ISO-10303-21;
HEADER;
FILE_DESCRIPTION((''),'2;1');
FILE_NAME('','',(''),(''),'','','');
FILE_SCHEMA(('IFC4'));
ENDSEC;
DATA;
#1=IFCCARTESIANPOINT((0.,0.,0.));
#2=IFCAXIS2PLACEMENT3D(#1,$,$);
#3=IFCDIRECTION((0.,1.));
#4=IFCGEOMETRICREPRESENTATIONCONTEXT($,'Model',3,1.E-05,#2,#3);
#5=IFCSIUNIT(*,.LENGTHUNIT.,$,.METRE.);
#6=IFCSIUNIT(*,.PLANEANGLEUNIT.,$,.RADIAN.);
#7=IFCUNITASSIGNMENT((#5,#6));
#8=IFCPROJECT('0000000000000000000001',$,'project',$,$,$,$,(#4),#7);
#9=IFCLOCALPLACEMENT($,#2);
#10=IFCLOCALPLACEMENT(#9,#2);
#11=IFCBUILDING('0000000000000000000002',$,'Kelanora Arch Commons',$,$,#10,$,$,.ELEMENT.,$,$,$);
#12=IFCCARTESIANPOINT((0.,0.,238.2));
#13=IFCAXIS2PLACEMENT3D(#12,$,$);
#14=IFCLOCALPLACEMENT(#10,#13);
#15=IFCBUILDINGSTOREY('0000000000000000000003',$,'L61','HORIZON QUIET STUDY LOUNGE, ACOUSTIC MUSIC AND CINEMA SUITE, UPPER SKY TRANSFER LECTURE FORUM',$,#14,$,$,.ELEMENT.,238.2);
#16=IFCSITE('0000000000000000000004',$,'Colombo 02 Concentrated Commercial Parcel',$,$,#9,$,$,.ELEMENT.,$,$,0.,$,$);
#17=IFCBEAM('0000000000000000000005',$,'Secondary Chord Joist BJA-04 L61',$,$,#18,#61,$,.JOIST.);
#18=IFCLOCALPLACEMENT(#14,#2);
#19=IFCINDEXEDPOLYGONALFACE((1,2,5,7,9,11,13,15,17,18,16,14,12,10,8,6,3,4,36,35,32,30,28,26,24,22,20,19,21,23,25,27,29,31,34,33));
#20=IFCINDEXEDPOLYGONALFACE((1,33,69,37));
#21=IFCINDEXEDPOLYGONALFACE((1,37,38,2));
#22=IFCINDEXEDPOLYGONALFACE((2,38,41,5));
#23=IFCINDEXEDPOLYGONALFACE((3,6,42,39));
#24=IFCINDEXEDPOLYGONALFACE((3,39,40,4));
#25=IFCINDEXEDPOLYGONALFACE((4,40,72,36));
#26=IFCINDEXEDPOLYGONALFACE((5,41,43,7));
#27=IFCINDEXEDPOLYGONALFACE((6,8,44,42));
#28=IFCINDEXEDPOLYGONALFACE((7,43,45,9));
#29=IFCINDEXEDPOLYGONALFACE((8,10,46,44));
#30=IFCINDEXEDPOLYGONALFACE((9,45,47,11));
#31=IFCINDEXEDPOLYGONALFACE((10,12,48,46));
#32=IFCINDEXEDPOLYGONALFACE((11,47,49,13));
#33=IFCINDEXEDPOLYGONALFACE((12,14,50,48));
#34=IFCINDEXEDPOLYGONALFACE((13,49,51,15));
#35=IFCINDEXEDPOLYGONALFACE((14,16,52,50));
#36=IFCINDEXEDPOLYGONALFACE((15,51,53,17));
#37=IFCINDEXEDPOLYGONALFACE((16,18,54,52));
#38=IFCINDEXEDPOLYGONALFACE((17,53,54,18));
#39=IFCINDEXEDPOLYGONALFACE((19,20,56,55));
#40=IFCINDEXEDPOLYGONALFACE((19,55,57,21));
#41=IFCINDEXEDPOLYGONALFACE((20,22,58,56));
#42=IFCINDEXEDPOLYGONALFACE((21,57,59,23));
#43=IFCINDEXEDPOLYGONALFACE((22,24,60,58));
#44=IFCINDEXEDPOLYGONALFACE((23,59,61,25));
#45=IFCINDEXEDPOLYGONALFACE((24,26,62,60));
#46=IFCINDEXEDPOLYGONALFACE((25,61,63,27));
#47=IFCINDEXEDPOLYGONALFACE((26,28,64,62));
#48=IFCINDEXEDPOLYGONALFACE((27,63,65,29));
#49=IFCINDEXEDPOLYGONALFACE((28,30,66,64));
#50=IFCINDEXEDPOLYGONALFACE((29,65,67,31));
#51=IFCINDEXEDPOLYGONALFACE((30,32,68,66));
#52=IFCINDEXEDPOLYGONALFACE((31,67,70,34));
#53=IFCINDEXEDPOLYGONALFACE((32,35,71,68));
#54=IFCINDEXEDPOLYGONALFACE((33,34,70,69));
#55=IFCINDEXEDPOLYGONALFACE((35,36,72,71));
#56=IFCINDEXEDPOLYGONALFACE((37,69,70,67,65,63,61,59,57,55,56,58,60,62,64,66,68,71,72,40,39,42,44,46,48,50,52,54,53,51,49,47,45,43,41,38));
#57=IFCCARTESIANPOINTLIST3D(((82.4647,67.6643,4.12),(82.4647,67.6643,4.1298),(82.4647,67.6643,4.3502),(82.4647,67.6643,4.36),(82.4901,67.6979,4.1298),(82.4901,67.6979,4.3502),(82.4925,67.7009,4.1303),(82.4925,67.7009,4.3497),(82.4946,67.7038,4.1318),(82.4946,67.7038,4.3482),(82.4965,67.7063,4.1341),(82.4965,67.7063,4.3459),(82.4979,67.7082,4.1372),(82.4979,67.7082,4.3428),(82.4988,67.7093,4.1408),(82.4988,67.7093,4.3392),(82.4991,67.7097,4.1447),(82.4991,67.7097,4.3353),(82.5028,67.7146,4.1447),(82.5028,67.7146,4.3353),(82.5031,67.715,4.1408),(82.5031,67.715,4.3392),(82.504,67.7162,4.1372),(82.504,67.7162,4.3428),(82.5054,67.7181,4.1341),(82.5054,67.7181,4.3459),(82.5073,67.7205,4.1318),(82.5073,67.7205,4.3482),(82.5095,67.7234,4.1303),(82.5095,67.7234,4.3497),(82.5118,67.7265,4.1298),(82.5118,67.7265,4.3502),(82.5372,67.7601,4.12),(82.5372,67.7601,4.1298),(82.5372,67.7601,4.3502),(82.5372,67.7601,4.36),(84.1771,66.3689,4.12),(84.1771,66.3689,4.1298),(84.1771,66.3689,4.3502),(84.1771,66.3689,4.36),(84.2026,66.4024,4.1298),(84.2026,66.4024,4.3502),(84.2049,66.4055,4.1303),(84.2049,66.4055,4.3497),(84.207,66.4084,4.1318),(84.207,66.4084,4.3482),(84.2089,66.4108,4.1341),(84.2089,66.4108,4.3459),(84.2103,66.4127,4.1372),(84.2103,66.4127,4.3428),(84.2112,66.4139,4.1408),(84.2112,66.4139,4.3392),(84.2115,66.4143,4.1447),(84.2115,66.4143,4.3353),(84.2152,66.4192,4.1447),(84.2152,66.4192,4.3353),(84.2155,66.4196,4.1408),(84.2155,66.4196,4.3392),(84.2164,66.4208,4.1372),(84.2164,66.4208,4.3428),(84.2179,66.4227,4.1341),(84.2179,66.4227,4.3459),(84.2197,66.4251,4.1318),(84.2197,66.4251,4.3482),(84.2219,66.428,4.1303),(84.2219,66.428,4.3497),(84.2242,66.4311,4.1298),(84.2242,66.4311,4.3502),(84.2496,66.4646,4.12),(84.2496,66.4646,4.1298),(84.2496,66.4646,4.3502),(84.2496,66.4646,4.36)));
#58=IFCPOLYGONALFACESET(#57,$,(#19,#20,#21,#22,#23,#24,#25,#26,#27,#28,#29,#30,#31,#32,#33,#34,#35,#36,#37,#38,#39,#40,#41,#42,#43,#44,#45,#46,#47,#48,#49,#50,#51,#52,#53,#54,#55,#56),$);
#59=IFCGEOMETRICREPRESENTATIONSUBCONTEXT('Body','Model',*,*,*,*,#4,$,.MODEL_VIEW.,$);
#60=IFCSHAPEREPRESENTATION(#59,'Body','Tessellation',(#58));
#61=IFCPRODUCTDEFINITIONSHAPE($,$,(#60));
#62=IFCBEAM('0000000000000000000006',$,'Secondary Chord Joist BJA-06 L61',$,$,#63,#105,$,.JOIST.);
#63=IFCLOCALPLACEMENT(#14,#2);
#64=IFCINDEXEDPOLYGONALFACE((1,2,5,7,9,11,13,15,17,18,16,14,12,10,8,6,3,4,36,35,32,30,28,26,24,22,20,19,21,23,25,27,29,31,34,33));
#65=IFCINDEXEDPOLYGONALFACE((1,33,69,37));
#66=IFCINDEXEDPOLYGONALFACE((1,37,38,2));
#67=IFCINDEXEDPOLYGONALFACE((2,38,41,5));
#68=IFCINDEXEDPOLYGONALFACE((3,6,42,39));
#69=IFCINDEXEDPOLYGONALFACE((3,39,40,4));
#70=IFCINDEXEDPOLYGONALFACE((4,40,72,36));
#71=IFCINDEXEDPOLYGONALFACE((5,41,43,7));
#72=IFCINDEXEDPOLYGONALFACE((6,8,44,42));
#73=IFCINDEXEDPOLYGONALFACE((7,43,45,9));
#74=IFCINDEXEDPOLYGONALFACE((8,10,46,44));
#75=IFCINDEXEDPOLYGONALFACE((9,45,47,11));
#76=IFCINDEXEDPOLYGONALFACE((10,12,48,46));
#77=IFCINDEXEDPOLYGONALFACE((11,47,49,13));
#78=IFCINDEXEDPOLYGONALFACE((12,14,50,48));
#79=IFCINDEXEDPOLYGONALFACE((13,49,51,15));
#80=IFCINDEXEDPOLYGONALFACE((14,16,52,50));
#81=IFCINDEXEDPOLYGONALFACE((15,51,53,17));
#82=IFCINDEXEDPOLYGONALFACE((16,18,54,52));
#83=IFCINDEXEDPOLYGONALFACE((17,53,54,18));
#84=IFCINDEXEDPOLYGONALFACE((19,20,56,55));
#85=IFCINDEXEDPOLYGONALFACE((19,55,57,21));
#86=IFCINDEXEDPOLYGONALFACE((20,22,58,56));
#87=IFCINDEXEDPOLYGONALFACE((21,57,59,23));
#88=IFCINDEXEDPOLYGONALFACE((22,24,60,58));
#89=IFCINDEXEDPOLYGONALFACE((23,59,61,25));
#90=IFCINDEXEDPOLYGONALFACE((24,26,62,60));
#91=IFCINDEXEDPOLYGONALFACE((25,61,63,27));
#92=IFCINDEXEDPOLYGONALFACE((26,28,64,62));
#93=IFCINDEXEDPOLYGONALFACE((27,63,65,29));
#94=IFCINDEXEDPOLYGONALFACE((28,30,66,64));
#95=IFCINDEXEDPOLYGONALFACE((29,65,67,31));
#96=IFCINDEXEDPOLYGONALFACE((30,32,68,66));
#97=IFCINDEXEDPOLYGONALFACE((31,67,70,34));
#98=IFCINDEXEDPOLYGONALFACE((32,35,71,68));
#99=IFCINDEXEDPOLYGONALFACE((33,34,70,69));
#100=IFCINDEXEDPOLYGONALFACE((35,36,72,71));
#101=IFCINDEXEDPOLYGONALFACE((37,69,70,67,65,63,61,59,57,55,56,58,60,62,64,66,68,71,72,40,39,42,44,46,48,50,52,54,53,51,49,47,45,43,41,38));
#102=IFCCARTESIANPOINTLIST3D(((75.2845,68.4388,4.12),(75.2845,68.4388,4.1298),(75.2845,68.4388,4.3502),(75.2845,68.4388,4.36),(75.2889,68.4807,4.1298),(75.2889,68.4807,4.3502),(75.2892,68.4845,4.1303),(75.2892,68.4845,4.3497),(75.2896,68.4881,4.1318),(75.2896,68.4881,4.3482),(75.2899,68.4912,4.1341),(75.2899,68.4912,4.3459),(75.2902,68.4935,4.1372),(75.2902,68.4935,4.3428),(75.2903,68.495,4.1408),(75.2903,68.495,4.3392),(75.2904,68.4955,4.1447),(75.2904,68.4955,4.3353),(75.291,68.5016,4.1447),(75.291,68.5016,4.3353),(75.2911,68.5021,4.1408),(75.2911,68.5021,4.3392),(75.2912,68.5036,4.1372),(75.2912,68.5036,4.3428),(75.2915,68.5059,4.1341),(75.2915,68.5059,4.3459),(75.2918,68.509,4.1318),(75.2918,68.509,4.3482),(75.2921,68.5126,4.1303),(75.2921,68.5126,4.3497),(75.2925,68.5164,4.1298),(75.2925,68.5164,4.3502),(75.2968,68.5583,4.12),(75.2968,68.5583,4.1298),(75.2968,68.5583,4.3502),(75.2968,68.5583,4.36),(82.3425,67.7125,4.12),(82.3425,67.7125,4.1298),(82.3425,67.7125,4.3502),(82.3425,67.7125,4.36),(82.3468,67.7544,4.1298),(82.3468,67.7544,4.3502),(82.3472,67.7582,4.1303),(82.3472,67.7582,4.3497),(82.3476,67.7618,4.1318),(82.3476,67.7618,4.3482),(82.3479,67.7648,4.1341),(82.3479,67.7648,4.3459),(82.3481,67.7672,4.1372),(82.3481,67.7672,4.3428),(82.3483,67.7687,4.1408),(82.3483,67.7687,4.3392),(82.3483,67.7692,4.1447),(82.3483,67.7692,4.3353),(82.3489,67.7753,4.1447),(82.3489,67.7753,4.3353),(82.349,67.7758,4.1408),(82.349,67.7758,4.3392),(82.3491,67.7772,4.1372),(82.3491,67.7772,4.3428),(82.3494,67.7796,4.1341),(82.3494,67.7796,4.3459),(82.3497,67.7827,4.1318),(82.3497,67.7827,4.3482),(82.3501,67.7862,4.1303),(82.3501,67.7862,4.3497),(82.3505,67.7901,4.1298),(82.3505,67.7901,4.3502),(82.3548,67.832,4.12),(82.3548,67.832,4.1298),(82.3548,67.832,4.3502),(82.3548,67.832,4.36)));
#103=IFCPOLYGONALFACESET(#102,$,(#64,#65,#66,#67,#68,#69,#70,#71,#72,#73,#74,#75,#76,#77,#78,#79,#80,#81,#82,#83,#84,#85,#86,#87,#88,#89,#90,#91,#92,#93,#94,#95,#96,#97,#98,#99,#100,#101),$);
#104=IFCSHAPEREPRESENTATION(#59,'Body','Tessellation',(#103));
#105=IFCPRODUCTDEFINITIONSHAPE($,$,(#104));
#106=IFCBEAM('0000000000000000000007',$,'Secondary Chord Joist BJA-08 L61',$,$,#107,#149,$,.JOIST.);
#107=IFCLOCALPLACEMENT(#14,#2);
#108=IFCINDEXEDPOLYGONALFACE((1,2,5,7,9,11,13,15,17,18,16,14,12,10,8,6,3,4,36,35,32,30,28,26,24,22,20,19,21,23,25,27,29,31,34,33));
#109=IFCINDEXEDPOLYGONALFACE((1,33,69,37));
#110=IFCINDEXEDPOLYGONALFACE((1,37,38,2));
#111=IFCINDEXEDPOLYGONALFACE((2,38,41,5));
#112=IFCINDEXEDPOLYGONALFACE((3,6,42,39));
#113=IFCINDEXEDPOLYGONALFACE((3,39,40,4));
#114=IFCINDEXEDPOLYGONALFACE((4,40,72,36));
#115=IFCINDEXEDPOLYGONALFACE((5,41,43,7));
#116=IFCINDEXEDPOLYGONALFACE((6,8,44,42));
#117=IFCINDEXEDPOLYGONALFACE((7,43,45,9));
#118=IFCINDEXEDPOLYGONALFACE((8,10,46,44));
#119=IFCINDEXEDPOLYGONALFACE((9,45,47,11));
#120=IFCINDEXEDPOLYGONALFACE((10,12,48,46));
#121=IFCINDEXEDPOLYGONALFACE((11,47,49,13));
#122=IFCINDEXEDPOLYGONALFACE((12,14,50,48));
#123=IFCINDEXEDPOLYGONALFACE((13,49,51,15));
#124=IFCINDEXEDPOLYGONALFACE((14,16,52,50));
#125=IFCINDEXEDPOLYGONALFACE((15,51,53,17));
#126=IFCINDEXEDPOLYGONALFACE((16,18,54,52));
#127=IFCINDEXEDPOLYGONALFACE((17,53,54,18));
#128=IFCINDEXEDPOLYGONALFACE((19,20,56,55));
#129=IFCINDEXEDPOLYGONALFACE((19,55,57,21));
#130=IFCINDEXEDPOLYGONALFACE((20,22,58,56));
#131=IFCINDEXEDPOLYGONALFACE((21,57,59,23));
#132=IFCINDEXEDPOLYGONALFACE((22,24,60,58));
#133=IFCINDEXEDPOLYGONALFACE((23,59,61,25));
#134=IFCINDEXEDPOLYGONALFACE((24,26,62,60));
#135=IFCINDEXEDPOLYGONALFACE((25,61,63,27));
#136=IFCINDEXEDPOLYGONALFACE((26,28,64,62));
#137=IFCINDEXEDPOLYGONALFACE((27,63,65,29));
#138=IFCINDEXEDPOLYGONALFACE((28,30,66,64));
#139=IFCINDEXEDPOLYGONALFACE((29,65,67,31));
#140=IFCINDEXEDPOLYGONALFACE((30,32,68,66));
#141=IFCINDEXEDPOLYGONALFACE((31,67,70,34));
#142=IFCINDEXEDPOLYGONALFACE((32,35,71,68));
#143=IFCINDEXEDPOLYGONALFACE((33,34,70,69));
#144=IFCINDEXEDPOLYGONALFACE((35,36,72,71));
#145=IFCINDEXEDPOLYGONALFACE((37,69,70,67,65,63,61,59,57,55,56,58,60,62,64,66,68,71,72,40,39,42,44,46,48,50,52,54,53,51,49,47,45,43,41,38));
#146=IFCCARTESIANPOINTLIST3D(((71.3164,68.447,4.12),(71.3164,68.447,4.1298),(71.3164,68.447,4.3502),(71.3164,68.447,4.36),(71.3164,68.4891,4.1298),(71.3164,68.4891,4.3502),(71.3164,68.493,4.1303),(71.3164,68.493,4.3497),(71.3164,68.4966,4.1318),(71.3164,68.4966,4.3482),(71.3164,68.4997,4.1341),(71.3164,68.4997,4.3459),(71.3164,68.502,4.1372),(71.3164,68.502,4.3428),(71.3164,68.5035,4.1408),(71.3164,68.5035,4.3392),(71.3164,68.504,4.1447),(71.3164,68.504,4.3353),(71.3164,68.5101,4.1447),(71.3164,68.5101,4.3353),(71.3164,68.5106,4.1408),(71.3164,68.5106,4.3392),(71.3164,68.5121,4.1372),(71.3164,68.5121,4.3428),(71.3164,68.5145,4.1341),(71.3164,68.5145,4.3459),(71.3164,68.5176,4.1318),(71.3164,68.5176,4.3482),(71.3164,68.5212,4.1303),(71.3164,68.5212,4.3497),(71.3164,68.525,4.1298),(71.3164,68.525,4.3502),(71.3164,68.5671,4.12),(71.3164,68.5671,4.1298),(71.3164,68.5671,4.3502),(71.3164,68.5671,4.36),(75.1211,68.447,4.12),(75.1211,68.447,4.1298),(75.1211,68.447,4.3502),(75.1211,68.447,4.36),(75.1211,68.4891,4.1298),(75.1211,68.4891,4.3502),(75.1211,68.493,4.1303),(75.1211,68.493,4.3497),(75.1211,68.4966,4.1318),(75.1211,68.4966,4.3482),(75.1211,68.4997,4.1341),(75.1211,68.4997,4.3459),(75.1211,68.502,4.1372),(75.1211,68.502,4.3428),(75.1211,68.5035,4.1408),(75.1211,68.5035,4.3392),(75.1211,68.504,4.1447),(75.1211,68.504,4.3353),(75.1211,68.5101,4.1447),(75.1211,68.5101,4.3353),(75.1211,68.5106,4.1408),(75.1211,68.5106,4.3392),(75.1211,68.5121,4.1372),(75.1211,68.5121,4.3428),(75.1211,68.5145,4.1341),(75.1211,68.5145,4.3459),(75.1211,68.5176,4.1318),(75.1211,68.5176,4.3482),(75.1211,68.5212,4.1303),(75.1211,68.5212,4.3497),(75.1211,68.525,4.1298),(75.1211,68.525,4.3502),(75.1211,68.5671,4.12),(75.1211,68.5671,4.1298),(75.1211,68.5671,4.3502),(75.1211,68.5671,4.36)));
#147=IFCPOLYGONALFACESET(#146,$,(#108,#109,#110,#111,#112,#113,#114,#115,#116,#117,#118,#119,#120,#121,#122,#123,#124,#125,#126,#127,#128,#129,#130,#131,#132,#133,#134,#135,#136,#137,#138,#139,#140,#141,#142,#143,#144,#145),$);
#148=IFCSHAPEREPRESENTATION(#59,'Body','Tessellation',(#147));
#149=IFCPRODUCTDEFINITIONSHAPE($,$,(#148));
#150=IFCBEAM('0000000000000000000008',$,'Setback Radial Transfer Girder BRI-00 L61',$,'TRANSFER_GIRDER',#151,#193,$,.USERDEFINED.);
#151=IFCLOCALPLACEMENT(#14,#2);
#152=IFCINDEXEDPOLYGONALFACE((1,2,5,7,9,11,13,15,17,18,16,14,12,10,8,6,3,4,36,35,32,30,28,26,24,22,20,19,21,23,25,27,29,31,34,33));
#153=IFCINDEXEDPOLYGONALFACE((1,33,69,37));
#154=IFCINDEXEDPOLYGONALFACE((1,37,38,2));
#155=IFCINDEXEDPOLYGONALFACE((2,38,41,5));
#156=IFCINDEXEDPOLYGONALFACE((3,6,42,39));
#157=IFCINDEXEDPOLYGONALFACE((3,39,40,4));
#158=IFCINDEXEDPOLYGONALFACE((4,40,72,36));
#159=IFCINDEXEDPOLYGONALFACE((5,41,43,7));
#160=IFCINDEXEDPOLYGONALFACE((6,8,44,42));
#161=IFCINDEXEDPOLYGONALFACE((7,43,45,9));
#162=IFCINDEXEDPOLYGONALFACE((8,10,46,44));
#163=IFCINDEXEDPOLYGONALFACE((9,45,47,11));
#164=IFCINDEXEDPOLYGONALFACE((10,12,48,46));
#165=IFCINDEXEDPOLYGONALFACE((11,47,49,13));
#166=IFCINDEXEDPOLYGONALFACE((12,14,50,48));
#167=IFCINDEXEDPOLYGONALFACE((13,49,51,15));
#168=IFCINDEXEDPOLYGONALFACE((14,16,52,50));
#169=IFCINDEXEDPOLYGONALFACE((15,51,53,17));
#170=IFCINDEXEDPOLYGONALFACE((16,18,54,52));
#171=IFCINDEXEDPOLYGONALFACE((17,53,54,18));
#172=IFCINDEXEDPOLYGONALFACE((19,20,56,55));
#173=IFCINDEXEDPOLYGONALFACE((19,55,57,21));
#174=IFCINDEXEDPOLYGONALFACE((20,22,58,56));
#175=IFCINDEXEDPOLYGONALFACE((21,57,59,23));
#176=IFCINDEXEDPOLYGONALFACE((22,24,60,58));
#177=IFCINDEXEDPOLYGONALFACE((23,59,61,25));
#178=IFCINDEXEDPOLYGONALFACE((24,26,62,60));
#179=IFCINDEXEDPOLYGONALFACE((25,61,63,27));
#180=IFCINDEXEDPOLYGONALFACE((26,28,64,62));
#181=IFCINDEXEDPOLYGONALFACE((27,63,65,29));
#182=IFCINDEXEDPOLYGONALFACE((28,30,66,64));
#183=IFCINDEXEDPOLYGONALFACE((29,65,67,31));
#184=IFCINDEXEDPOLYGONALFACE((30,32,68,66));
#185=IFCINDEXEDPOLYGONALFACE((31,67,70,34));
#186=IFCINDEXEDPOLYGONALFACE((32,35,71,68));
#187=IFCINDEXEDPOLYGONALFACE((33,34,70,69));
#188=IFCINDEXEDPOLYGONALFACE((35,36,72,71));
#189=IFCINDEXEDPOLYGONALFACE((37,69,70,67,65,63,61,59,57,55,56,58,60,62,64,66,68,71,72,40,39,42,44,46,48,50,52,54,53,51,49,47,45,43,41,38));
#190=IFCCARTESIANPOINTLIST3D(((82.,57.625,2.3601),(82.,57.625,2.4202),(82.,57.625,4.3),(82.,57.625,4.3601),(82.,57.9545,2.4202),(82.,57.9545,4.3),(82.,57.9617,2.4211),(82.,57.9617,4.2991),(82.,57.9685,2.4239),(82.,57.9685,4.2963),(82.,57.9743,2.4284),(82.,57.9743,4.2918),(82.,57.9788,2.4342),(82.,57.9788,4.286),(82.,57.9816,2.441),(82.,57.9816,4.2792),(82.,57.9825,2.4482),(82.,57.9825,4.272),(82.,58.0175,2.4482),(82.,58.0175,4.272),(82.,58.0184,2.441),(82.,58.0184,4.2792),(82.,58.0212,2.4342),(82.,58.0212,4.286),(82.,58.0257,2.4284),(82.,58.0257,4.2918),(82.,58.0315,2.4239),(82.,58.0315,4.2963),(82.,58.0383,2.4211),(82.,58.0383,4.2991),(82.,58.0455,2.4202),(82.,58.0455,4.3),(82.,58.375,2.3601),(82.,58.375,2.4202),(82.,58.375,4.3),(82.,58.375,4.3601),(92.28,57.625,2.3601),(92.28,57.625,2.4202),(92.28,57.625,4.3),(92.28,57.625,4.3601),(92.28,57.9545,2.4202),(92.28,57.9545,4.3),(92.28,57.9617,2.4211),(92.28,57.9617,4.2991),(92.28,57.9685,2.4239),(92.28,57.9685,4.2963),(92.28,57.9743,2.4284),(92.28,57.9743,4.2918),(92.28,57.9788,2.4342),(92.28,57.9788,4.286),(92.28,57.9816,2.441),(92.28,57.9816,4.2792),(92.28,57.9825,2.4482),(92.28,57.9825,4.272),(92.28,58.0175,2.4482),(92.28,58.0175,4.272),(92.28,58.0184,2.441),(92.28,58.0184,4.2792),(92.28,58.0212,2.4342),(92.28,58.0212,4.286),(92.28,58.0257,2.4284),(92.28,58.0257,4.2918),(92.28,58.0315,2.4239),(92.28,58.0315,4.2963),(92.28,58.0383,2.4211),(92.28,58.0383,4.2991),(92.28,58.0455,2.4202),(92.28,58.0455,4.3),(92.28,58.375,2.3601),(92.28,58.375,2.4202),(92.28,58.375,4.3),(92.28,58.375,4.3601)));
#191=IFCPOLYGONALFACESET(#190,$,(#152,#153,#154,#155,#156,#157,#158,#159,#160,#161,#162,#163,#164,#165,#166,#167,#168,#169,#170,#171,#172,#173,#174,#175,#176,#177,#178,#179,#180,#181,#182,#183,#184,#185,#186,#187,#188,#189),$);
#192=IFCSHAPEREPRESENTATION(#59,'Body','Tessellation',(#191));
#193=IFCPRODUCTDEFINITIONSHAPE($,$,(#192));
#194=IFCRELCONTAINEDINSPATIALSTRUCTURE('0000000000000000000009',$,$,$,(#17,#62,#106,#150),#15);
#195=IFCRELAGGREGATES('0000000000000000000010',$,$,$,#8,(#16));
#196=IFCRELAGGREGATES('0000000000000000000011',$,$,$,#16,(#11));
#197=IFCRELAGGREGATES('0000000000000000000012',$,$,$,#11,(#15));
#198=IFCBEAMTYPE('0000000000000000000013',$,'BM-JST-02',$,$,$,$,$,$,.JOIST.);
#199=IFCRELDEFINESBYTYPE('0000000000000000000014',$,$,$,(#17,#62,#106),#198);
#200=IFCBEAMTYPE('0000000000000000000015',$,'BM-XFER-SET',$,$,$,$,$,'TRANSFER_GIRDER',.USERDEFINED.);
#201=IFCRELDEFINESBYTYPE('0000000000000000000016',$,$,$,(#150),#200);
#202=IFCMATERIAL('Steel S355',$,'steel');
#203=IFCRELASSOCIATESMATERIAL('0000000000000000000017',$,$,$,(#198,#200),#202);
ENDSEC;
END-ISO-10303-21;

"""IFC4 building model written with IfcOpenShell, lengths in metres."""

from ifc_helpers import new_model, si_unit, direction, frame, origin, origin_2d, place, context, subcontext, project, spatial, i_section, extrude, material, material_profile, profile_set, type_object, element, save


model = new_model("IFC4")

# Units and contexts
model_context = context("Model", 3, precision=1e-05, world=origin(), true_north=direction((0.0, 1.0)))
body_context = subcontext(model_context, "Body", "Model", "MODEL_VIEW")
ifc_project = project(units=[si_unit("LENGTHUNIT", "METRE"), si_unit("PLANEANGLEUNIT", "RADIAN")], contexts=[model_context])

# Site, building, storey
site_placement = place(None, origin())
site = spatial("IfcSite", under=ifc_project, at=site_placement, Name="Colombo 02 Concentrated Commercial Parcel", CompositionType="ELEMENT", RefElevation=0.0)
building_placement = place(site_placement, origin())
building = spatial("IfcBuilding", under=site, at=building_placement, Name="Kelanora Arch Commons", CompositionType="ELEMENT")
storey_placement = place(building_placement, frame((0.0, 0.0, 238.2)))
storey = spatial("IfcBuildingStorey", under=building, at=storey_placement, Name="L61", Description="HORIZON QUIET STUDY LOUNGE, ACOUSTIC MUSIC AND CINEMA SUITE, UPPER SKY TRANSFER LECTURE FORUM", CompositionType="ELEMENT", Elevation=238.2)

# Beams
ifc_material_1 = material(Name="Steel S355", Category="steel")
ifc_material_profile_1 = material_profile(ifc_material_1, i_section(OverallWidth=0.1201, OverallDepth=0.24, WebThickness=0.0061, FlangeThickness=0.0098, FilletRadius=0.0149, at=origin_2d()), Name="IPE240")
ifc_profile_set_1 = profile_set([ifc_material_profile_1], Name="Steel S355")
beam_type_1 = type_object("IfcBeamType", Name="BM-JST-02", PredefinedType="JOIST", material=ifc_profile_set_1)
beam_1_placement = place(storey_placement, frame((84.2134, 66.4167, 4.24), z_axis=(-0.79751, 0.603306, 0.0), x_axis=(-0.603306, -0.79751, 0.0)))
element("IfcBeam", 1, at=beam_1_placement, inside=storey, type_object=beam_type_1, Name="Secondary Chord Joist BJA-04 L61", PredefinedType="JOIST", context=body_context, shape_type="SweptSolid", body=[
    extrude(i_section(OverallWidth=0.1201, OverallDepth=0.24, WebThickness=0.0061, FlangeThickness=0.0098, FilletRadius=0.0149, at=origin_2d()), origin(), (0.0, 0.0, 1.0), 2.1472),
])
beam_2_placement = place(storey_placement, frame((82.3486, 67.7722, 4.24), z_axis=(-0.994747, 0.102369, 0.0), x_axis=(-0.102369, -0.994747, 0.0)))
element("IfcBeam", 2, at=beam_2_placement, inside=storey, type_object=beam_type_1, Name="Secondary Chord Joist BJA-06 L61", PredefinedType="JOIST", context=body_context, shape_type="SweptSolid", body=[
    extrude(i_section(OverallWidth=0.1201, OverallDepth=0.24, WebThickness=0.0061, FlangeThickness=0.0098, FilletRadius=0.0149, at=origin_2d()), origin(), (0.0, 0.0, 1.0), 7.0952),
])
beam_3_placement = place(storey_placement, frame((75.1211, 68.5071, 4.24), z_axis=(-1.0, 0.0, 0.0), x_axis=(0.0, -1.0, 0.0)))
element("IfcBeam", 3, at=beam_3_placement, inside=storey, type_object=beam_type_1, Name="Secondary Chord Joist BJA-08 L61", PredefinedType="JOIST", context=body_context, shape_type="SweptSolid", body=[
    extrude(i_section(OverallWidth=0.1201, OverallDepth=0.24, WebThickness=0.0061, FlangeThickness=0.0098, FilletRadius=0.0149, at=origin_2d()), origin(), (0.0, 0.0, 1.0), 3.8047),
])
ifc_material_profile_2 = material_profile(ifc_material_1, i_section(OverallWidth=0.75, OverallDepth=2.0, WebThickness=0.0349, FlangeThickness=0.0601, FilletRadius=0.0281, at=origin_2d()), Name="PG2000x750")
ifc_profile_set_2 = profile_set([ifc_material_profile_2], Name="Steel S355")
beam_type_2 = type_object("IfcBeamType", Name="BM-XFER-SET", ElementType="TRANSFER_GIRDER", PredefinedType="USERDEFINED", material=ifc_profile_set_2)
beam_4_placement = place(storey_placement, frame((82.0, 58.0, 3.3601), z_axis=(1.0, 0.0, 0.0), x_axis=(0.0, 1.0, 0.0)))
element("IfcBeam", 4, at=beam_4_placement, inside=storey, type_object=beam_type_2, Name="Setback Radial Transfer Girder BRI-00 L61", ObjectType="TRANSFER_GIRDER", PredefinedType="USERDEFINED", context=body_context, shape_type="SweptSolid", body=[
    extrude(i_section(OverallWidth=0.75, OverallDepth=2.0, WebThickness=0.0349, FlangeThickness=0.0601, FilletRadius=0.0281, at=origin_2d()), origin(), (0.0, 0.0, 1.0), 10.28),
])

save(model, "model.ifc")
